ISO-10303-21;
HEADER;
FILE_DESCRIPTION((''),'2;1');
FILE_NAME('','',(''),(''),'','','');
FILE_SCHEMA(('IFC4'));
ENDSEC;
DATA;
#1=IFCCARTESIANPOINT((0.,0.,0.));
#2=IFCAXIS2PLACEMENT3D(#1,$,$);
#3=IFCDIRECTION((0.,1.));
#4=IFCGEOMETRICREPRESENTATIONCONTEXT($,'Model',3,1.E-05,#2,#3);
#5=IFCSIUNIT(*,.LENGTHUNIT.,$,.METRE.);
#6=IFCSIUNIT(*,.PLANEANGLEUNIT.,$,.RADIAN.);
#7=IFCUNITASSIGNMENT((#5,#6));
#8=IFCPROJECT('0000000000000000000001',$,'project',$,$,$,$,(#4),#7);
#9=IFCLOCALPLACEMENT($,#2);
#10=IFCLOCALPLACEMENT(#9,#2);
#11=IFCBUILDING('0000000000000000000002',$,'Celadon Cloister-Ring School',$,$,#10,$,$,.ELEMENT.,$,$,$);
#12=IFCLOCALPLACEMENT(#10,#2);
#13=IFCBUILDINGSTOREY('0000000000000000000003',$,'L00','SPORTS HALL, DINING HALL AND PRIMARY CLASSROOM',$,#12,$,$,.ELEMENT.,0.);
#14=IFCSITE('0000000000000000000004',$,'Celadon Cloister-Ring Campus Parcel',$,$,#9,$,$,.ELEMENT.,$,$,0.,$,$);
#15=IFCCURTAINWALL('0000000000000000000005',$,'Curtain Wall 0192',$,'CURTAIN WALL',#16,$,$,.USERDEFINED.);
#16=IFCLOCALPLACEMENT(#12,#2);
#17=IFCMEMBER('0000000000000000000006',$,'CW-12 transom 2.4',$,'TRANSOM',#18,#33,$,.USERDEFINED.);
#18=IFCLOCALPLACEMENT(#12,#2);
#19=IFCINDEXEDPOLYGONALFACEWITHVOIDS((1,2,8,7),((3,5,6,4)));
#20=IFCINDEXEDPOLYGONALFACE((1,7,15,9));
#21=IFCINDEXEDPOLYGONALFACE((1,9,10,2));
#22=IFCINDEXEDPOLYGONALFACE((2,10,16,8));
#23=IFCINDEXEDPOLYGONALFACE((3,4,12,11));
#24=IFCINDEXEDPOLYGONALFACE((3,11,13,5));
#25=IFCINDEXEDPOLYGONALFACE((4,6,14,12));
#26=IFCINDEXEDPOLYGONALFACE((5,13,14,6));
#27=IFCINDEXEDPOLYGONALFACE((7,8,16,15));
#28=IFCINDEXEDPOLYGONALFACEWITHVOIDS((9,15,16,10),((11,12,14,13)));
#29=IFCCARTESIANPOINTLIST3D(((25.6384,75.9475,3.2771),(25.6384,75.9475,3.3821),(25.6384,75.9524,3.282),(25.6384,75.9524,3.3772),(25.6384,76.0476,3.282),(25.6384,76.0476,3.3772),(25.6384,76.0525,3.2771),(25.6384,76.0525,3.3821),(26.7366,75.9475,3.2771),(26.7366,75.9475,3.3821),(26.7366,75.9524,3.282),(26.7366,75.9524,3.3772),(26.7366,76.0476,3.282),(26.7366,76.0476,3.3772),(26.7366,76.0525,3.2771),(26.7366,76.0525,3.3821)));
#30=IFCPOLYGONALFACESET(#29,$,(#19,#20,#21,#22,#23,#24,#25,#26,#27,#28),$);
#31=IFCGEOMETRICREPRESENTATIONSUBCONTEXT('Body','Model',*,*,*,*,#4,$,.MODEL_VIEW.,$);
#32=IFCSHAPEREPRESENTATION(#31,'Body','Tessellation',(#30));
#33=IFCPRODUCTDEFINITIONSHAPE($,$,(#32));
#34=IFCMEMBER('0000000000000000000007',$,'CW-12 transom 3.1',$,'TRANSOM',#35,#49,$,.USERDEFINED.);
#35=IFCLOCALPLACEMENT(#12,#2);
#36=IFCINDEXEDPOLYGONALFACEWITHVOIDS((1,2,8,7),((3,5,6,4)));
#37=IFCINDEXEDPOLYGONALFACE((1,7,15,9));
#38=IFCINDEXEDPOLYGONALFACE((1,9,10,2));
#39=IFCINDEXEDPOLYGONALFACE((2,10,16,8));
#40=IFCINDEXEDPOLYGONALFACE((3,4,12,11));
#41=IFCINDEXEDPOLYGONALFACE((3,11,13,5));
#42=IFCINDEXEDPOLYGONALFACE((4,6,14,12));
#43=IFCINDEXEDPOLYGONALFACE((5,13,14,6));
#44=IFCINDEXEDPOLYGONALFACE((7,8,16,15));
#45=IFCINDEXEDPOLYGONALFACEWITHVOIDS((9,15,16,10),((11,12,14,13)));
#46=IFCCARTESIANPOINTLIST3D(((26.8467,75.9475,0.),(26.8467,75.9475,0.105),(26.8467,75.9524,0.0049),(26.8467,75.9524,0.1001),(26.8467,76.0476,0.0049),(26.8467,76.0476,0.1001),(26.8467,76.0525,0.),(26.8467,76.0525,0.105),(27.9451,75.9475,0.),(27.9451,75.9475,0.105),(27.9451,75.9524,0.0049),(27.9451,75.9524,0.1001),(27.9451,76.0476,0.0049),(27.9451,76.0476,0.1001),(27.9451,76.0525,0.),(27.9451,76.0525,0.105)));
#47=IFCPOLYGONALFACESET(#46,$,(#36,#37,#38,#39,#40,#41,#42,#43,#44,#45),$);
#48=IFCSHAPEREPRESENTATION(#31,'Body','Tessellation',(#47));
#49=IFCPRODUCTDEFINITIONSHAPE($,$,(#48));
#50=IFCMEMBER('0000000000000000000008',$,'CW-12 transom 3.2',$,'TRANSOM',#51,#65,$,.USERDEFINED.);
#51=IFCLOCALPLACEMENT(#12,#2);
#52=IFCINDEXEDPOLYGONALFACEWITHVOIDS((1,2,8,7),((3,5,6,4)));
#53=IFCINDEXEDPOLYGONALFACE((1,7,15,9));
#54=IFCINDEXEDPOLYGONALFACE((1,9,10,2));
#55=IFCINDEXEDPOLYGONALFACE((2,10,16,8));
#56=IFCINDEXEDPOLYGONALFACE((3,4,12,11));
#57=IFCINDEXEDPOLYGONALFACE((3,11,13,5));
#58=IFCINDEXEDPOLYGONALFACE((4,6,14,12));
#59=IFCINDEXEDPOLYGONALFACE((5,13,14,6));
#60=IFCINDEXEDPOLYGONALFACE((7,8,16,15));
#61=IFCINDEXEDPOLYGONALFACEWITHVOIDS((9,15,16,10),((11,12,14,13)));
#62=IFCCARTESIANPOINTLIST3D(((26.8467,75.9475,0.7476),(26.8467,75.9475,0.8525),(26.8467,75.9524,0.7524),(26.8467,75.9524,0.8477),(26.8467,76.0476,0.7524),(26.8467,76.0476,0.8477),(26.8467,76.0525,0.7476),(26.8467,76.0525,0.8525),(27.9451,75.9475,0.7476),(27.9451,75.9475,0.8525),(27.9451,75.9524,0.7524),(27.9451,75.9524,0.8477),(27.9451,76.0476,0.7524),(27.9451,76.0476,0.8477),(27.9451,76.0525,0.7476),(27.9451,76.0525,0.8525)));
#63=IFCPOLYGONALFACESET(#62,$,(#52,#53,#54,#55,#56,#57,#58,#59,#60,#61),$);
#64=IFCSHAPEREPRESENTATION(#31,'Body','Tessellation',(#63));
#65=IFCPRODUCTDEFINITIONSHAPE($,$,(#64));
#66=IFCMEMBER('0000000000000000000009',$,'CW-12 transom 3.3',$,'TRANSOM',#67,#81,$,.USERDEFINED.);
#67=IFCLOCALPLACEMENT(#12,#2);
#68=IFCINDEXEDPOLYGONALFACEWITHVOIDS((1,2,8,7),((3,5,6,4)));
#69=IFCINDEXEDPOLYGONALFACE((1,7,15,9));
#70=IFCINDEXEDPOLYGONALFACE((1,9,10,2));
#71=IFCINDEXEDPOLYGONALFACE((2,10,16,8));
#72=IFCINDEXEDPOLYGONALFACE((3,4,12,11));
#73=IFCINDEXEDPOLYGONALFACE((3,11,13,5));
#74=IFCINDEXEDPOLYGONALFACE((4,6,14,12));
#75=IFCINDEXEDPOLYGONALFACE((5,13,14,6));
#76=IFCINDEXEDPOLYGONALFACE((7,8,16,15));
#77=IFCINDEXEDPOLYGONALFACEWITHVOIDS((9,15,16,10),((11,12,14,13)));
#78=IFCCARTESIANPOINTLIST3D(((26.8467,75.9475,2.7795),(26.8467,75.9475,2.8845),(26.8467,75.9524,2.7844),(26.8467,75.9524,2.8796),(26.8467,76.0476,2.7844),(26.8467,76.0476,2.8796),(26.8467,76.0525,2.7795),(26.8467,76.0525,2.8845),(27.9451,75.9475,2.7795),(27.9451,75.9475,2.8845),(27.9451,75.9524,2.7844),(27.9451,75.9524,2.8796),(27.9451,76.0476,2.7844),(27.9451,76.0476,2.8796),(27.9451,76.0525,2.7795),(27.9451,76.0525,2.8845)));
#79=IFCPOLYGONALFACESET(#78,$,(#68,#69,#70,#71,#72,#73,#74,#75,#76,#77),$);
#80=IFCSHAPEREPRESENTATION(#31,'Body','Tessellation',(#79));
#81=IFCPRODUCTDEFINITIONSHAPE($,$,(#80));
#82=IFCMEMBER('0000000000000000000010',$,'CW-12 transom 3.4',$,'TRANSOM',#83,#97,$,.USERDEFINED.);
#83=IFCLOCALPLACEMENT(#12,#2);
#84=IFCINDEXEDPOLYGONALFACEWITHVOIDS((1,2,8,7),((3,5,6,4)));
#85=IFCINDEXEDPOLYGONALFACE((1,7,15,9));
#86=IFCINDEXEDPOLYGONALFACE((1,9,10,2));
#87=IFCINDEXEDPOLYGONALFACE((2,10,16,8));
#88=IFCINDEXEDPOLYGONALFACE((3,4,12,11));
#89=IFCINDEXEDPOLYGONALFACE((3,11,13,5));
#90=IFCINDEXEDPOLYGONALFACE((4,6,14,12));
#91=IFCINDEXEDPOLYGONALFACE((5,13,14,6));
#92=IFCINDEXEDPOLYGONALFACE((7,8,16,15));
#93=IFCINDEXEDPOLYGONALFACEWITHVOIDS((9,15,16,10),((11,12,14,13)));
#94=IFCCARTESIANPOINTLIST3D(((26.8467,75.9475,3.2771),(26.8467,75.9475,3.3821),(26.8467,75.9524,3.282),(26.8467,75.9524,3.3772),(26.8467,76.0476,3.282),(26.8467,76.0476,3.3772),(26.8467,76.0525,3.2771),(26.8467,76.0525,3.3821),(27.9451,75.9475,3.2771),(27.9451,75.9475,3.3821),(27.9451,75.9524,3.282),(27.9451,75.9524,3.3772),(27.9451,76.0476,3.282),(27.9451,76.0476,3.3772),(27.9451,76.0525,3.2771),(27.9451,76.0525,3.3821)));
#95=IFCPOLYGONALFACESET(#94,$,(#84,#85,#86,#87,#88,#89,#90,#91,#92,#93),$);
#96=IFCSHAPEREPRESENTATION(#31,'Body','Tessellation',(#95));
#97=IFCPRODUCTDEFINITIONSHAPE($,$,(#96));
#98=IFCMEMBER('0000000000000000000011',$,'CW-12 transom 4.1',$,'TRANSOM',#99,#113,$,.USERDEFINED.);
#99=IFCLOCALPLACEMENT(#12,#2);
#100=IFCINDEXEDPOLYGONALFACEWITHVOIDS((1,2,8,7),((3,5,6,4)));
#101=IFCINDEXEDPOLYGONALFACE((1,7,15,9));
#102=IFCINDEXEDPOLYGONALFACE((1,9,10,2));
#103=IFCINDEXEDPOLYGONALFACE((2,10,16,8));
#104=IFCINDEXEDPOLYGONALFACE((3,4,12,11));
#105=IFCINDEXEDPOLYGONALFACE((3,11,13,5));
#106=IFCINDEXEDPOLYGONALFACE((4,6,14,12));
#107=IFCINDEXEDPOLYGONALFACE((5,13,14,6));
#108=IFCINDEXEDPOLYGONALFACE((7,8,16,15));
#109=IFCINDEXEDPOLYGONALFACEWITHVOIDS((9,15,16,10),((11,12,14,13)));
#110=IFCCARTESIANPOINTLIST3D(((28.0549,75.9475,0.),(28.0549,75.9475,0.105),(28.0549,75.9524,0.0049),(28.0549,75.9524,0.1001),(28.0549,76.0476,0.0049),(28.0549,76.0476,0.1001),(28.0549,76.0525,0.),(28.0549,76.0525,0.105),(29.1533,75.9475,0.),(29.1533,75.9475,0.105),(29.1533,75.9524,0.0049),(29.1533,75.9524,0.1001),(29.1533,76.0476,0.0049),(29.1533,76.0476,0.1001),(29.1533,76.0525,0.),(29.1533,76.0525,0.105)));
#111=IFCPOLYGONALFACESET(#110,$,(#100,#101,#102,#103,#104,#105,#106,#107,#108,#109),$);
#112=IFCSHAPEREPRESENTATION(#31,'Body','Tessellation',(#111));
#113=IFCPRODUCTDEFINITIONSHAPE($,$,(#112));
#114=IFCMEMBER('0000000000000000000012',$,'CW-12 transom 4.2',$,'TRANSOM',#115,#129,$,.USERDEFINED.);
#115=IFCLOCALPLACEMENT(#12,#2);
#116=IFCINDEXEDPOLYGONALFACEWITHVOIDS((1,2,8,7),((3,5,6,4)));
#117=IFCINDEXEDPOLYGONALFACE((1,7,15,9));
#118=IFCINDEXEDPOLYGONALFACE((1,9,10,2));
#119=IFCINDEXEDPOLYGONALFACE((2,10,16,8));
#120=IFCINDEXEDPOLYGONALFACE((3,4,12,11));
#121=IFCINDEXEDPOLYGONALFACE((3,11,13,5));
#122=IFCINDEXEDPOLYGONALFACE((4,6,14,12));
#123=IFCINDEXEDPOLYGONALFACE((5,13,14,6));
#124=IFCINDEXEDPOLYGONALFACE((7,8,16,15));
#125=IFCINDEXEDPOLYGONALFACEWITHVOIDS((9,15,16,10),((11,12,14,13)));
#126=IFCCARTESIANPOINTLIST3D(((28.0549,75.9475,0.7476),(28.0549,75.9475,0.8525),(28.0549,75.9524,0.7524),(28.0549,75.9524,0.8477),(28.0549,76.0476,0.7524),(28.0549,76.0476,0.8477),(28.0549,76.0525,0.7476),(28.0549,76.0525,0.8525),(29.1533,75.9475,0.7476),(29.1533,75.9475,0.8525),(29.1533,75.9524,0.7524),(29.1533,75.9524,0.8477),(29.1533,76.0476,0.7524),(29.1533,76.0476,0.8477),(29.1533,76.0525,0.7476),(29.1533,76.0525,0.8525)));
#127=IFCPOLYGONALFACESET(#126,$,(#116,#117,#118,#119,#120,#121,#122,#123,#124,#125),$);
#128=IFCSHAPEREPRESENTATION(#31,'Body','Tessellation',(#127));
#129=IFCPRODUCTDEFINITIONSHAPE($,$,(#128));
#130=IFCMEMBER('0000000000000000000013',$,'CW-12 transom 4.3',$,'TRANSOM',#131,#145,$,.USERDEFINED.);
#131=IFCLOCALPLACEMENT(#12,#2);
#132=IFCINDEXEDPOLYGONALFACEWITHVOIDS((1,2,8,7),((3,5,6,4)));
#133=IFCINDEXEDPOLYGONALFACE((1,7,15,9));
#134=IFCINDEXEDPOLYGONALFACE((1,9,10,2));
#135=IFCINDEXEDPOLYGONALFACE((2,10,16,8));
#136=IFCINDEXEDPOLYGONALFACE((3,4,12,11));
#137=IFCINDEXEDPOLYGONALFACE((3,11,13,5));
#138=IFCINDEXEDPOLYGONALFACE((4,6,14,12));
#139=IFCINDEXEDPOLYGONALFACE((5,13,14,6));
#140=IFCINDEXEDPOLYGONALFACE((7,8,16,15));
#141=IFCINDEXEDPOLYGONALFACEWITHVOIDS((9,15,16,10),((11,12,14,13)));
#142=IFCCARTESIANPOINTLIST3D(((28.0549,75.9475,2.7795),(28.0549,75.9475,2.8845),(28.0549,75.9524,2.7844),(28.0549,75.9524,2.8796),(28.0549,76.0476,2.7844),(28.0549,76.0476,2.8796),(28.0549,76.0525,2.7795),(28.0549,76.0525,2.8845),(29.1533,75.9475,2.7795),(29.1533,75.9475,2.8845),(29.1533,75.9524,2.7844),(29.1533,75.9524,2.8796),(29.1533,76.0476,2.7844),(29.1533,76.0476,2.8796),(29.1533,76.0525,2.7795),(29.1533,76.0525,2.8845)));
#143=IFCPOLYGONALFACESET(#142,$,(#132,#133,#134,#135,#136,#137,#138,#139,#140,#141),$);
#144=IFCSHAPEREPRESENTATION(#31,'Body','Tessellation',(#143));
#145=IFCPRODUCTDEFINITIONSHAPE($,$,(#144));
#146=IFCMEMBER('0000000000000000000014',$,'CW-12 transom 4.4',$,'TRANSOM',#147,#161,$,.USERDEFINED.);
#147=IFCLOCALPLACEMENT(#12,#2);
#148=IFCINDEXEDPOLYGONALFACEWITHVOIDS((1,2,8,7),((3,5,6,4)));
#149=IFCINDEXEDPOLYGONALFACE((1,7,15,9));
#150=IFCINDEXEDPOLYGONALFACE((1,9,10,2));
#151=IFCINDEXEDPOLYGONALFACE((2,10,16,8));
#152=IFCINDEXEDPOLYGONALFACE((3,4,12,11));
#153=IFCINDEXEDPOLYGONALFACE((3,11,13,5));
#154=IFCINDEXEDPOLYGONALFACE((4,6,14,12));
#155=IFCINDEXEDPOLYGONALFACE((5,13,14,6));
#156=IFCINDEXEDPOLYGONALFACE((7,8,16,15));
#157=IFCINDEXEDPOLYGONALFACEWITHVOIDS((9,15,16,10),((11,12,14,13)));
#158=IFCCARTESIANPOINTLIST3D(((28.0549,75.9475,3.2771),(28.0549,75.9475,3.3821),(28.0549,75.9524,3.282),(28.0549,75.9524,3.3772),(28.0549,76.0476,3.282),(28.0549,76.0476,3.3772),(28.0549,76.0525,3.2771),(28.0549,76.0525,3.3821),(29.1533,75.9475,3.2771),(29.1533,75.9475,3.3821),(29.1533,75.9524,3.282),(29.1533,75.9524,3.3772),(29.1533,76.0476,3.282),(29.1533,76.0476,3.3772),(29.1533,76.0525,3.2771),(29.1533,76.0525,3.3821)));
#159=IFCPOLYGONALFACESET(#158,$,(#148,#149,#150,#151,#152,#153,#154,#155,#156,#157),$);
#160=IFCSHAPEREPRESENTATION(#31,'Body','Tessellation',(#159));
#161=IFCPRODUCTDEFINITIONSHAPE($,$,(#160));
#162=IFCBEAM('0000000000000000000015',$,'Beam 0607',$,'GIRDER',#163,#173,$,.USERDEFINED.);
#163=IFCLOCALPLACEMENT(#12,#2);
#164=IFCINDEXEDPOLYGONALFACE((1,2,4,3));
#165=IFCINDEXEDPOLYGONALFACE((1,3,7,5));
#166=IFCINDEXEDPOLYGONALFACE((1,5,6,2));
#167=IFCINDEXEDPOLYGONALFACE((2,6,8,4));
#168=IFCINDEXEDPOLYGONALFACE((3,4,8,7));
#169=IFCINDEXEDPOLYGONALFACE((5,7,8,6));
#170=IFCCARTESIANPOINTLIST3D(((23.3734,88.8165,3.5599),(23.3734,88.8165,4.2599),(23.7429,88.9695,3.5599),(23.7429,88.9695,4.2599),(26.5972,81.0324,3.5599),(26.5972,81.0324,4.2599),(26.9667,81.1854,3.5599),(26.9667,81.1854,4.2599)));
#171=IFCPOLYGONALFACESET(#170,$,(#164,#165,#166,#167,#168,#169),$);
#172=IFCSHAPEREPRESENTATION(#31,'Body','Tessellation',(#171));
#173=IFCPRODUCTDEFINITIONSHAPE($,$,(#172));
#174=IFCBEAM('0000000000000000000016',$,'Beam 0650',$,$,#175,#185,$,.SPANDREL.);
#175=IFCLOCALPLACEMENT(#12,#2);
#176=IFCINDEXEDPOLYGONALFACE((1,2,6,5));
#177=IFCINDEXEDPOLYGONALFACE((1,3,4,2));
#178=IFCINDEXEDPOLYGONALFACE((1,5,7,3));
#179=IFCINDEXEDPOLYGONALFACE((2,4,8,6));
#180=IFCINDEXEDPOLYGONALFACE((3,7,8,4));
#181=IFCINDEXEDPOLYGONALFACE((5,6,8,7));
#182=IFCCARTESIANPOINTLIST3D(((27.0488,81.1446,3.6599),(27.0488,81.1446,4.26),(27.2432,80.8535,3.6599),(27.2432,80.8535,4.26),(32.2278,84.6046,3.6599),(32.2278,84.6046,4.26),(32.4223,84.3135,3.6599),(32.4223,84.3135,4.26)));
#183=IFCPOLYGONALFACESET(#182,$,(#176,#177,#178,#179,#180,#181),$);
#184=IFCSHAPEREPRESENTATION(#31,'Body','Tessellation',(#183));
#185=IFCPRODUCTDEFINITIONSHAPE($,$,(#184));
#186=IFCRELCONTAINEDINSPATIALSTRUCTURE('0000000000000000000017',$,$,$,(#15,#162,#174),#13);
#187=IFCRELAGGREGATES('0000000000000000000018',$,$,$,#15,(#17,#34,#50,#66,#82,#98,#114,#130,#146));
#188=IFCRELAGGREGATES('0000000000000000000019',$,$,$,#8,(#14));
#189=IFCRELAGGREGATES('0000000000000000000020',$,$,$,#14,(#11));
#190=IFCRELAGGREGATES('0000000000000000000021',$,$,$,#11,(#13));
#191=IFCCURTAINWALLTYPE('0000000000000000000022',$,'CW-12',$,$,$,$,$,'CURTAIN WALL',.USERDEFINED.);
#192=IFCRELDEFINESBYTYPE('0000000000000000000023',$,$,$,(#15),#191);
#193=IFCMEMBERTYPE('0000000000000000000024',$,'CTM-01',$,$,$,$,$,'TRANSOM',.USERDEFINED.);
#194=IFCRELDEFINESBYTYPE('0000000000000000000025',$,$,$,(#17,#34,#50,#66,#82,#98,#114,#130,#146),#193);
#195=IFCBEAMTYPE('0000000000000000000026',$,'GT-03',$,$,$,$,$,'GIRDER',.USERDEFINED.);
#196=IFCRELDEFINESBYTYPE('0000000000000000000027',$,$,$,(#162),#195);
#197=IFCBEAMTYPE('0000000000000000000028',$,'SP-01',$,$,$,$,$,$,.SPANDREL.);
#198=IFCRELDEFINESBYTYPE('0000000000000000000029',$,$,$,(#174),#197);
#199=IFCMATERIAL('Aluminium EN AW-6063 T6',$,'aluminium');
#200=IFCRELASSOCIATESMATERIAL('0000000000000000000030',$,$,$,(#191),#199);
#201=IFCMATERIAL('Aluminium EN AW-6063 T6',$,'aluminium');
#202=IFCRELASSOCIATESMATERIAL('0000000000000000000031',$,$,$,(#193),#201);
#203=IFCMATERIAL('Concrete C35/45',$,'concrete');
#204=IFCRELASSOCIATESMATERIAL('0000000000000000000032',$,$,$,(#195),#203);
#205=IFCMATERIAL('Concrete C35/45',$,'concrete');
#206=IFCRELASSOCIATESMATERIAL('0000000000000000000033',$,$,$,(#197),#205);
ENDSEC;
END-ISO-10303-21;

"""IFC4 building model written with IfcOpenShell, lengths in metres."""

from ifc_helpers import new_model, si_unit, direction, frame, origin, origin_2d, place, context, subcontext, project, spatial, rectangle, hollow_rectangle, extrude, material, material_profile, profile_set, type_object, element, aggregate, save


model = new_model("IFC4")

# Units and contexts
model_context = context("Model", 3, precision=1e-05, world=origin(), true_north=direction((0.0, 1.0)))
body_context = subcontext(model_context, "Body", "Model", "MODEL_VIEW")
ifc_project = project(units=[si_unit("LENGTHUNIT", "METRE"), si_unit("PLANEANGLEUNIT", "RADIAN")], contexts=[model_context])

# Site, building, storey
site_placement = place(None, origin())
site = spatial("IfcSite", under=ifc_project, at=site_placement, Name="Celadon Cloister-Ring Campus Parcel", CompositionType="ELEMENT", RefElevation=0.0)
building_placement = place(site_placement, origin())
building = spatial("IfcBuilding", under=site, at=building_placement, Name="Celadon Cloister-Ring School", CompositionType="ELEMENT")
storey_placement = place(building_placement, origin())
storey = spatial("IfcBuildingStorey", under=building, at=storey_placement, Name="L00", Description="SPORTS HALL, DINING HALL AND PRIMARY CLASSROOM", CompositionType="ELEMENT", Elevation=0.0)

# Curtain wall, members
ifc_material_1 = material(Name="Aluminium EN AW-6063 T6", Category="aluminium")
curtain_wall_type = type_object("IfcCurtainWallType", Name="CW-12", ElementType="CURTAIN WALL", PredefinedType="USERDEFINED", material=ifc_material_1)
curtain_wall_placement = place(storey_placement, origin())
curtain_wall = element("IfcCurtainWall", 1, at=curtain_wall_placement, inside=storey, type_object=curtain_wall_type, Name="Curtain Wall 0192", ObjectType="CURTAIN WALL", PredefinedType="USERDEFINED")
ifc_material_2 = material(Name="Aluminium EN AW-6063 T6", Category="aluminium")
ifc_material_profile_1 = material_profile(ifc_material_2, hollow_rectangle(XDim=0.105, YDim=0.105, WallThickness=0.0049, at=origin_2d()), Name="RHS105X105X5")
ifc_profile_set_1 = profile_set([ifc_material_profile_1], Name="Aluminium EN AW-6063 T6")
member_type_1 = type_object("IfcMemberType", Name="CTM-01", ElementType="TRANSOM", PredefinedType="USERDEFINED", material=ifc_profile_set_1)
member_1_placement = place(storey_placement, frame((25.6384, 76.0, 3.3296), z_axis=(1.0, 0.0, 0.0), x_axis=(0.0, 1.0, 0.0)))
member_1 = element("IfcMember", 2, at=member_1_placement, type_object=member_type_1, Name="CW-12 transom 2.4", ObjectType="TRANSOM", PredefinedType="USERDEFINED", context=body_context, shape_type="SweptSolid", body=[
    extrude(hollow_rectangle(XDim=0.105, YDim=0.105, WallThickness=0.0049, at=origin_2d()), origin(), (0.0, 0.0, 1.0), 1.0981),
])
member_2_placement = place(storey_placement, frame((26.8467, 76.0, 0.0525), z_axis=(1.0, 0.0, 0.0), x_axis=(0.0, 1.0, 0.0)))
member_2 = element("IfcMember", 3, at=member_2_placement, type_object=member_type_1, Name="CW-12 transom 3.1", ObjectType="TRANSOM", PredefinedType="USERDEFINED", context=body_context, shape_type="SweptSolid", body=[
    extrude(hollow_rectangle(XDim=0.105, YDim=0.105, WallThickness=0.0049, at=origin_2d()), origin(), (0.0, 0.0, 1.0), 1.0984),
])
member_3_placement = place(storey_placement, frame((26.8467, 76.0, 0.8), z_axis=(1.0, 0.0, 0.0), x_axis=(0.0, 1.0, 0.0)))
member_3 = element("IfcMember", 4, at=member_3_placement, type_object=member_type_1, Name="CW-12 transom 3.2", ObjectType="TRANSOM", PredefinedType="USERDEFINED", context=body_context, shape_type="SweptSolid", body=[
    extrude(hollow_rectangle(XDim=0.105, YDim=0.105, WallThickness=0.0049, at=origin_2d()), origin(), (0.0, 0.0, 1.0), 1.0984),
])
member_4_placement = place(storey_placement, frame((26.8467, 76.0, 2.832), z_axis=(1.0, 0.0, 0.0), x_axis=(0.0, 1.0, 0.0)))
member_4 = element("IfcMember", 5, at=member_4_placement, type_object=member_type_1, Name="CW-12 transom 3.3", ObjectType="TRANSOM", PredefinedType="USERDEFINED", context=body_context, shape_type="SweptSolid", body=[
    extrude(hollow_rectangle(XDim=0.105, YDim=0.105, WallThickness=0.0049, at=origin_2d()), origin(), (0.0, 0.0, 1.0), 1.0984),
])
member_5_placement = place(storey_placement, frame((26.8467, 76.0, 3.3296), z_axis=(1.0, 0.0, 0.0), x_axis=(0.0, 1.0, 0.0)))
member_5 = element("IfcMember", 6, at=member_5_placement, type_object=member_type_1, Name="CW-12 transom 3.4", ObjectType="TRANSOM", PredefinedType="USERDEFINED", context=body_context, shape_type="SweptSolid", body=[
    extrude(hollow_rectangle(XDim=0.105, YDim=0.105, WallThickness=0.0049, at=origin_2d()), origin(), (0.0, 0.0, 1.0), 1.0984),
])
member_6_placement = place(storey_placement, frame((28.0549, 76.0, 0.0525), z_axis=(1.0, 0.0, 0.0), x_axis=(0.0, 1.0, 0.0)))
member_6 = element("IfcMember", 7, at=member_6_placement, type_object=member_type_1, Name="CW-12 transom 4.1", ObjectType="TRANSOM", PredefinedType="USERDEFINED", context=body_context, shape_type="SweptSolid", body=[
    extrude(hollow_rectangle(XDim=0.105, YDim=0.105, WallThickness=0.0049, at=origin_2d()), origin(), (0.0, 0.0, 1.0), 1.0984),
])
member_7_placement = place(storey_placement, frame((28.0549, 76.0, 0.8), z_axis=(1.0, 0.0, 0.0), x_axis=(0.0, 1.0, 0.0)))
member_7 = element("IfcMember", 8, at=member_7_placement, type_object=member_type_1, Name="CW-12 transom 4.2", ObjectType="TRANSOM", PredefinedType="USERDEFINED", context=body_context, shape_type="SweptSolid", body=[
    extrude(hollow_rectangle(XDim=0.105, YDim=0.105, WallThickness=0.0049, at=origin_2d()), origin(), (0.0, 0.0, 1.0), 1.0984),
])
member_8_placement = place(storey_placement, frame((28.0549, 76.0, 2.832), z_axis=(1.0, 0.0, 0.0), x_axis=(0.0, 1.0, 0.0)))
member_8 = element("IfcMember", 9, at=member_8_placement, type_object=member_type_1, Name="CW-12 transom 4.3", ObjectType="TRANSOM", PredefinedType="USERDEFINED", context=body_context, shape_type="SweptSolid", body=[
    extrude(hollow_rectangle(XDim=0.105, YDim=0.105, WallThickness=0.0049, at=origin_2d()), origin(), (0.0, 0.0, 1.0), 1.0984),
])
member_9_placement = place(storey_placement, frame((28.0549, 76.0, 3.3296), z_axis=(1.0, 0.0, 0.0), x_axis=(0.0, 1.0, 0.0)))
member_9 = element("IfcMember", 10, at=member_9_placement, type_object=member_type_1, Name="CW-12 transom 4.4", ObjectType="TRANSOM", PredefinedType="USERDEFINED", context=body_context, shape_type="SweptSolid", body=[
    extrude(hollow_rectangle(XDim=0.105, YDim=0.105, WallThickness=0.0049, at=origin_2d()), origin(), (0.0, 0.0, 1.0), 1.0984),
])

# Beams
ifc_material_3 = material(Name="Concrete C35/45", Category="concrete")
ifc_material_profile_2 = material_profile(ifc_material_3, rectangle(XDim=0.3999, YDim=0.7, at=origin_2d()), Name="RC400X700")
ifc_profile_set_2 = profile_set([ifc_material_profile_2], Name="Concrete C35/45")
beam_type_1 = type_object("IfcBeamType", Name="GT-03", ElementType="GIRDER", PredefinedType="USERDEFINED", material=ifc_profile_set_2)
beam_1_placement = place(storey_placement, frame((26.782, 81.1089, 3.9099), z_axis=(-0.382639, 0.923898, 0.0), x_axis=(-0.923898, -0.382639, 0.0)))
element("IfcBeam", 11, at=beam_1_placement, inside=storey, type_object=beam_type_1, Name="Beam 0607", ObjectType="GIRDER", PredefinedType="USERDEFINED", context=body_context, shape_type="SweptSolid", body=[
    extrude(rectangle(XDim=0.3999, YDim=0.7, at=origin_2d()), origin(), (0.0, 0.0, 1.0), 8.4253),
])
ifc_material_4 = material(Name="Concrete C35/45", Category="concrete")
ifc_material_profile_3 = material_profile(ifc_material_4, rectangle(XDim=0.3501, YDim=0.6001, at=origin_2d()), Name="RC350X600")
ifc_profile_set_3 = profile_set([ifc_material_profile_3], Name="Concrete C35/45")
beam_type_2 = type_object("IfcBeamType", Name="SP-01", PredefinedType="SPANDREL", material=ifc_profile_set_3)
beam_2_placement = place(storey_placement, frame((27.146, 80.999, 3.96), z_axis=(0.831507, 0.555514, 0.0), x_axis=(-0.555514, 0.831507, 0.0)))
element("IfcBeam", 12, at=beam_2_placement, inside=storey, type_object=beam_type_2, Name="Beam 0650", PredefinedType="SPANDREL", context=body_context, shape_type="SweptSolid", body=[
    extrude(rectangle(XDim=0.3501, YDim=0.6001, at=origin_2d()), origin(), (0.0, 0.0, 1.0), 6.2285),
])

aggregate(curtain_wall, [member_1, member_2, member_3, member_4, member_5, member_6, member_7, member_8, member_9])

save(model, "model.ifc")
